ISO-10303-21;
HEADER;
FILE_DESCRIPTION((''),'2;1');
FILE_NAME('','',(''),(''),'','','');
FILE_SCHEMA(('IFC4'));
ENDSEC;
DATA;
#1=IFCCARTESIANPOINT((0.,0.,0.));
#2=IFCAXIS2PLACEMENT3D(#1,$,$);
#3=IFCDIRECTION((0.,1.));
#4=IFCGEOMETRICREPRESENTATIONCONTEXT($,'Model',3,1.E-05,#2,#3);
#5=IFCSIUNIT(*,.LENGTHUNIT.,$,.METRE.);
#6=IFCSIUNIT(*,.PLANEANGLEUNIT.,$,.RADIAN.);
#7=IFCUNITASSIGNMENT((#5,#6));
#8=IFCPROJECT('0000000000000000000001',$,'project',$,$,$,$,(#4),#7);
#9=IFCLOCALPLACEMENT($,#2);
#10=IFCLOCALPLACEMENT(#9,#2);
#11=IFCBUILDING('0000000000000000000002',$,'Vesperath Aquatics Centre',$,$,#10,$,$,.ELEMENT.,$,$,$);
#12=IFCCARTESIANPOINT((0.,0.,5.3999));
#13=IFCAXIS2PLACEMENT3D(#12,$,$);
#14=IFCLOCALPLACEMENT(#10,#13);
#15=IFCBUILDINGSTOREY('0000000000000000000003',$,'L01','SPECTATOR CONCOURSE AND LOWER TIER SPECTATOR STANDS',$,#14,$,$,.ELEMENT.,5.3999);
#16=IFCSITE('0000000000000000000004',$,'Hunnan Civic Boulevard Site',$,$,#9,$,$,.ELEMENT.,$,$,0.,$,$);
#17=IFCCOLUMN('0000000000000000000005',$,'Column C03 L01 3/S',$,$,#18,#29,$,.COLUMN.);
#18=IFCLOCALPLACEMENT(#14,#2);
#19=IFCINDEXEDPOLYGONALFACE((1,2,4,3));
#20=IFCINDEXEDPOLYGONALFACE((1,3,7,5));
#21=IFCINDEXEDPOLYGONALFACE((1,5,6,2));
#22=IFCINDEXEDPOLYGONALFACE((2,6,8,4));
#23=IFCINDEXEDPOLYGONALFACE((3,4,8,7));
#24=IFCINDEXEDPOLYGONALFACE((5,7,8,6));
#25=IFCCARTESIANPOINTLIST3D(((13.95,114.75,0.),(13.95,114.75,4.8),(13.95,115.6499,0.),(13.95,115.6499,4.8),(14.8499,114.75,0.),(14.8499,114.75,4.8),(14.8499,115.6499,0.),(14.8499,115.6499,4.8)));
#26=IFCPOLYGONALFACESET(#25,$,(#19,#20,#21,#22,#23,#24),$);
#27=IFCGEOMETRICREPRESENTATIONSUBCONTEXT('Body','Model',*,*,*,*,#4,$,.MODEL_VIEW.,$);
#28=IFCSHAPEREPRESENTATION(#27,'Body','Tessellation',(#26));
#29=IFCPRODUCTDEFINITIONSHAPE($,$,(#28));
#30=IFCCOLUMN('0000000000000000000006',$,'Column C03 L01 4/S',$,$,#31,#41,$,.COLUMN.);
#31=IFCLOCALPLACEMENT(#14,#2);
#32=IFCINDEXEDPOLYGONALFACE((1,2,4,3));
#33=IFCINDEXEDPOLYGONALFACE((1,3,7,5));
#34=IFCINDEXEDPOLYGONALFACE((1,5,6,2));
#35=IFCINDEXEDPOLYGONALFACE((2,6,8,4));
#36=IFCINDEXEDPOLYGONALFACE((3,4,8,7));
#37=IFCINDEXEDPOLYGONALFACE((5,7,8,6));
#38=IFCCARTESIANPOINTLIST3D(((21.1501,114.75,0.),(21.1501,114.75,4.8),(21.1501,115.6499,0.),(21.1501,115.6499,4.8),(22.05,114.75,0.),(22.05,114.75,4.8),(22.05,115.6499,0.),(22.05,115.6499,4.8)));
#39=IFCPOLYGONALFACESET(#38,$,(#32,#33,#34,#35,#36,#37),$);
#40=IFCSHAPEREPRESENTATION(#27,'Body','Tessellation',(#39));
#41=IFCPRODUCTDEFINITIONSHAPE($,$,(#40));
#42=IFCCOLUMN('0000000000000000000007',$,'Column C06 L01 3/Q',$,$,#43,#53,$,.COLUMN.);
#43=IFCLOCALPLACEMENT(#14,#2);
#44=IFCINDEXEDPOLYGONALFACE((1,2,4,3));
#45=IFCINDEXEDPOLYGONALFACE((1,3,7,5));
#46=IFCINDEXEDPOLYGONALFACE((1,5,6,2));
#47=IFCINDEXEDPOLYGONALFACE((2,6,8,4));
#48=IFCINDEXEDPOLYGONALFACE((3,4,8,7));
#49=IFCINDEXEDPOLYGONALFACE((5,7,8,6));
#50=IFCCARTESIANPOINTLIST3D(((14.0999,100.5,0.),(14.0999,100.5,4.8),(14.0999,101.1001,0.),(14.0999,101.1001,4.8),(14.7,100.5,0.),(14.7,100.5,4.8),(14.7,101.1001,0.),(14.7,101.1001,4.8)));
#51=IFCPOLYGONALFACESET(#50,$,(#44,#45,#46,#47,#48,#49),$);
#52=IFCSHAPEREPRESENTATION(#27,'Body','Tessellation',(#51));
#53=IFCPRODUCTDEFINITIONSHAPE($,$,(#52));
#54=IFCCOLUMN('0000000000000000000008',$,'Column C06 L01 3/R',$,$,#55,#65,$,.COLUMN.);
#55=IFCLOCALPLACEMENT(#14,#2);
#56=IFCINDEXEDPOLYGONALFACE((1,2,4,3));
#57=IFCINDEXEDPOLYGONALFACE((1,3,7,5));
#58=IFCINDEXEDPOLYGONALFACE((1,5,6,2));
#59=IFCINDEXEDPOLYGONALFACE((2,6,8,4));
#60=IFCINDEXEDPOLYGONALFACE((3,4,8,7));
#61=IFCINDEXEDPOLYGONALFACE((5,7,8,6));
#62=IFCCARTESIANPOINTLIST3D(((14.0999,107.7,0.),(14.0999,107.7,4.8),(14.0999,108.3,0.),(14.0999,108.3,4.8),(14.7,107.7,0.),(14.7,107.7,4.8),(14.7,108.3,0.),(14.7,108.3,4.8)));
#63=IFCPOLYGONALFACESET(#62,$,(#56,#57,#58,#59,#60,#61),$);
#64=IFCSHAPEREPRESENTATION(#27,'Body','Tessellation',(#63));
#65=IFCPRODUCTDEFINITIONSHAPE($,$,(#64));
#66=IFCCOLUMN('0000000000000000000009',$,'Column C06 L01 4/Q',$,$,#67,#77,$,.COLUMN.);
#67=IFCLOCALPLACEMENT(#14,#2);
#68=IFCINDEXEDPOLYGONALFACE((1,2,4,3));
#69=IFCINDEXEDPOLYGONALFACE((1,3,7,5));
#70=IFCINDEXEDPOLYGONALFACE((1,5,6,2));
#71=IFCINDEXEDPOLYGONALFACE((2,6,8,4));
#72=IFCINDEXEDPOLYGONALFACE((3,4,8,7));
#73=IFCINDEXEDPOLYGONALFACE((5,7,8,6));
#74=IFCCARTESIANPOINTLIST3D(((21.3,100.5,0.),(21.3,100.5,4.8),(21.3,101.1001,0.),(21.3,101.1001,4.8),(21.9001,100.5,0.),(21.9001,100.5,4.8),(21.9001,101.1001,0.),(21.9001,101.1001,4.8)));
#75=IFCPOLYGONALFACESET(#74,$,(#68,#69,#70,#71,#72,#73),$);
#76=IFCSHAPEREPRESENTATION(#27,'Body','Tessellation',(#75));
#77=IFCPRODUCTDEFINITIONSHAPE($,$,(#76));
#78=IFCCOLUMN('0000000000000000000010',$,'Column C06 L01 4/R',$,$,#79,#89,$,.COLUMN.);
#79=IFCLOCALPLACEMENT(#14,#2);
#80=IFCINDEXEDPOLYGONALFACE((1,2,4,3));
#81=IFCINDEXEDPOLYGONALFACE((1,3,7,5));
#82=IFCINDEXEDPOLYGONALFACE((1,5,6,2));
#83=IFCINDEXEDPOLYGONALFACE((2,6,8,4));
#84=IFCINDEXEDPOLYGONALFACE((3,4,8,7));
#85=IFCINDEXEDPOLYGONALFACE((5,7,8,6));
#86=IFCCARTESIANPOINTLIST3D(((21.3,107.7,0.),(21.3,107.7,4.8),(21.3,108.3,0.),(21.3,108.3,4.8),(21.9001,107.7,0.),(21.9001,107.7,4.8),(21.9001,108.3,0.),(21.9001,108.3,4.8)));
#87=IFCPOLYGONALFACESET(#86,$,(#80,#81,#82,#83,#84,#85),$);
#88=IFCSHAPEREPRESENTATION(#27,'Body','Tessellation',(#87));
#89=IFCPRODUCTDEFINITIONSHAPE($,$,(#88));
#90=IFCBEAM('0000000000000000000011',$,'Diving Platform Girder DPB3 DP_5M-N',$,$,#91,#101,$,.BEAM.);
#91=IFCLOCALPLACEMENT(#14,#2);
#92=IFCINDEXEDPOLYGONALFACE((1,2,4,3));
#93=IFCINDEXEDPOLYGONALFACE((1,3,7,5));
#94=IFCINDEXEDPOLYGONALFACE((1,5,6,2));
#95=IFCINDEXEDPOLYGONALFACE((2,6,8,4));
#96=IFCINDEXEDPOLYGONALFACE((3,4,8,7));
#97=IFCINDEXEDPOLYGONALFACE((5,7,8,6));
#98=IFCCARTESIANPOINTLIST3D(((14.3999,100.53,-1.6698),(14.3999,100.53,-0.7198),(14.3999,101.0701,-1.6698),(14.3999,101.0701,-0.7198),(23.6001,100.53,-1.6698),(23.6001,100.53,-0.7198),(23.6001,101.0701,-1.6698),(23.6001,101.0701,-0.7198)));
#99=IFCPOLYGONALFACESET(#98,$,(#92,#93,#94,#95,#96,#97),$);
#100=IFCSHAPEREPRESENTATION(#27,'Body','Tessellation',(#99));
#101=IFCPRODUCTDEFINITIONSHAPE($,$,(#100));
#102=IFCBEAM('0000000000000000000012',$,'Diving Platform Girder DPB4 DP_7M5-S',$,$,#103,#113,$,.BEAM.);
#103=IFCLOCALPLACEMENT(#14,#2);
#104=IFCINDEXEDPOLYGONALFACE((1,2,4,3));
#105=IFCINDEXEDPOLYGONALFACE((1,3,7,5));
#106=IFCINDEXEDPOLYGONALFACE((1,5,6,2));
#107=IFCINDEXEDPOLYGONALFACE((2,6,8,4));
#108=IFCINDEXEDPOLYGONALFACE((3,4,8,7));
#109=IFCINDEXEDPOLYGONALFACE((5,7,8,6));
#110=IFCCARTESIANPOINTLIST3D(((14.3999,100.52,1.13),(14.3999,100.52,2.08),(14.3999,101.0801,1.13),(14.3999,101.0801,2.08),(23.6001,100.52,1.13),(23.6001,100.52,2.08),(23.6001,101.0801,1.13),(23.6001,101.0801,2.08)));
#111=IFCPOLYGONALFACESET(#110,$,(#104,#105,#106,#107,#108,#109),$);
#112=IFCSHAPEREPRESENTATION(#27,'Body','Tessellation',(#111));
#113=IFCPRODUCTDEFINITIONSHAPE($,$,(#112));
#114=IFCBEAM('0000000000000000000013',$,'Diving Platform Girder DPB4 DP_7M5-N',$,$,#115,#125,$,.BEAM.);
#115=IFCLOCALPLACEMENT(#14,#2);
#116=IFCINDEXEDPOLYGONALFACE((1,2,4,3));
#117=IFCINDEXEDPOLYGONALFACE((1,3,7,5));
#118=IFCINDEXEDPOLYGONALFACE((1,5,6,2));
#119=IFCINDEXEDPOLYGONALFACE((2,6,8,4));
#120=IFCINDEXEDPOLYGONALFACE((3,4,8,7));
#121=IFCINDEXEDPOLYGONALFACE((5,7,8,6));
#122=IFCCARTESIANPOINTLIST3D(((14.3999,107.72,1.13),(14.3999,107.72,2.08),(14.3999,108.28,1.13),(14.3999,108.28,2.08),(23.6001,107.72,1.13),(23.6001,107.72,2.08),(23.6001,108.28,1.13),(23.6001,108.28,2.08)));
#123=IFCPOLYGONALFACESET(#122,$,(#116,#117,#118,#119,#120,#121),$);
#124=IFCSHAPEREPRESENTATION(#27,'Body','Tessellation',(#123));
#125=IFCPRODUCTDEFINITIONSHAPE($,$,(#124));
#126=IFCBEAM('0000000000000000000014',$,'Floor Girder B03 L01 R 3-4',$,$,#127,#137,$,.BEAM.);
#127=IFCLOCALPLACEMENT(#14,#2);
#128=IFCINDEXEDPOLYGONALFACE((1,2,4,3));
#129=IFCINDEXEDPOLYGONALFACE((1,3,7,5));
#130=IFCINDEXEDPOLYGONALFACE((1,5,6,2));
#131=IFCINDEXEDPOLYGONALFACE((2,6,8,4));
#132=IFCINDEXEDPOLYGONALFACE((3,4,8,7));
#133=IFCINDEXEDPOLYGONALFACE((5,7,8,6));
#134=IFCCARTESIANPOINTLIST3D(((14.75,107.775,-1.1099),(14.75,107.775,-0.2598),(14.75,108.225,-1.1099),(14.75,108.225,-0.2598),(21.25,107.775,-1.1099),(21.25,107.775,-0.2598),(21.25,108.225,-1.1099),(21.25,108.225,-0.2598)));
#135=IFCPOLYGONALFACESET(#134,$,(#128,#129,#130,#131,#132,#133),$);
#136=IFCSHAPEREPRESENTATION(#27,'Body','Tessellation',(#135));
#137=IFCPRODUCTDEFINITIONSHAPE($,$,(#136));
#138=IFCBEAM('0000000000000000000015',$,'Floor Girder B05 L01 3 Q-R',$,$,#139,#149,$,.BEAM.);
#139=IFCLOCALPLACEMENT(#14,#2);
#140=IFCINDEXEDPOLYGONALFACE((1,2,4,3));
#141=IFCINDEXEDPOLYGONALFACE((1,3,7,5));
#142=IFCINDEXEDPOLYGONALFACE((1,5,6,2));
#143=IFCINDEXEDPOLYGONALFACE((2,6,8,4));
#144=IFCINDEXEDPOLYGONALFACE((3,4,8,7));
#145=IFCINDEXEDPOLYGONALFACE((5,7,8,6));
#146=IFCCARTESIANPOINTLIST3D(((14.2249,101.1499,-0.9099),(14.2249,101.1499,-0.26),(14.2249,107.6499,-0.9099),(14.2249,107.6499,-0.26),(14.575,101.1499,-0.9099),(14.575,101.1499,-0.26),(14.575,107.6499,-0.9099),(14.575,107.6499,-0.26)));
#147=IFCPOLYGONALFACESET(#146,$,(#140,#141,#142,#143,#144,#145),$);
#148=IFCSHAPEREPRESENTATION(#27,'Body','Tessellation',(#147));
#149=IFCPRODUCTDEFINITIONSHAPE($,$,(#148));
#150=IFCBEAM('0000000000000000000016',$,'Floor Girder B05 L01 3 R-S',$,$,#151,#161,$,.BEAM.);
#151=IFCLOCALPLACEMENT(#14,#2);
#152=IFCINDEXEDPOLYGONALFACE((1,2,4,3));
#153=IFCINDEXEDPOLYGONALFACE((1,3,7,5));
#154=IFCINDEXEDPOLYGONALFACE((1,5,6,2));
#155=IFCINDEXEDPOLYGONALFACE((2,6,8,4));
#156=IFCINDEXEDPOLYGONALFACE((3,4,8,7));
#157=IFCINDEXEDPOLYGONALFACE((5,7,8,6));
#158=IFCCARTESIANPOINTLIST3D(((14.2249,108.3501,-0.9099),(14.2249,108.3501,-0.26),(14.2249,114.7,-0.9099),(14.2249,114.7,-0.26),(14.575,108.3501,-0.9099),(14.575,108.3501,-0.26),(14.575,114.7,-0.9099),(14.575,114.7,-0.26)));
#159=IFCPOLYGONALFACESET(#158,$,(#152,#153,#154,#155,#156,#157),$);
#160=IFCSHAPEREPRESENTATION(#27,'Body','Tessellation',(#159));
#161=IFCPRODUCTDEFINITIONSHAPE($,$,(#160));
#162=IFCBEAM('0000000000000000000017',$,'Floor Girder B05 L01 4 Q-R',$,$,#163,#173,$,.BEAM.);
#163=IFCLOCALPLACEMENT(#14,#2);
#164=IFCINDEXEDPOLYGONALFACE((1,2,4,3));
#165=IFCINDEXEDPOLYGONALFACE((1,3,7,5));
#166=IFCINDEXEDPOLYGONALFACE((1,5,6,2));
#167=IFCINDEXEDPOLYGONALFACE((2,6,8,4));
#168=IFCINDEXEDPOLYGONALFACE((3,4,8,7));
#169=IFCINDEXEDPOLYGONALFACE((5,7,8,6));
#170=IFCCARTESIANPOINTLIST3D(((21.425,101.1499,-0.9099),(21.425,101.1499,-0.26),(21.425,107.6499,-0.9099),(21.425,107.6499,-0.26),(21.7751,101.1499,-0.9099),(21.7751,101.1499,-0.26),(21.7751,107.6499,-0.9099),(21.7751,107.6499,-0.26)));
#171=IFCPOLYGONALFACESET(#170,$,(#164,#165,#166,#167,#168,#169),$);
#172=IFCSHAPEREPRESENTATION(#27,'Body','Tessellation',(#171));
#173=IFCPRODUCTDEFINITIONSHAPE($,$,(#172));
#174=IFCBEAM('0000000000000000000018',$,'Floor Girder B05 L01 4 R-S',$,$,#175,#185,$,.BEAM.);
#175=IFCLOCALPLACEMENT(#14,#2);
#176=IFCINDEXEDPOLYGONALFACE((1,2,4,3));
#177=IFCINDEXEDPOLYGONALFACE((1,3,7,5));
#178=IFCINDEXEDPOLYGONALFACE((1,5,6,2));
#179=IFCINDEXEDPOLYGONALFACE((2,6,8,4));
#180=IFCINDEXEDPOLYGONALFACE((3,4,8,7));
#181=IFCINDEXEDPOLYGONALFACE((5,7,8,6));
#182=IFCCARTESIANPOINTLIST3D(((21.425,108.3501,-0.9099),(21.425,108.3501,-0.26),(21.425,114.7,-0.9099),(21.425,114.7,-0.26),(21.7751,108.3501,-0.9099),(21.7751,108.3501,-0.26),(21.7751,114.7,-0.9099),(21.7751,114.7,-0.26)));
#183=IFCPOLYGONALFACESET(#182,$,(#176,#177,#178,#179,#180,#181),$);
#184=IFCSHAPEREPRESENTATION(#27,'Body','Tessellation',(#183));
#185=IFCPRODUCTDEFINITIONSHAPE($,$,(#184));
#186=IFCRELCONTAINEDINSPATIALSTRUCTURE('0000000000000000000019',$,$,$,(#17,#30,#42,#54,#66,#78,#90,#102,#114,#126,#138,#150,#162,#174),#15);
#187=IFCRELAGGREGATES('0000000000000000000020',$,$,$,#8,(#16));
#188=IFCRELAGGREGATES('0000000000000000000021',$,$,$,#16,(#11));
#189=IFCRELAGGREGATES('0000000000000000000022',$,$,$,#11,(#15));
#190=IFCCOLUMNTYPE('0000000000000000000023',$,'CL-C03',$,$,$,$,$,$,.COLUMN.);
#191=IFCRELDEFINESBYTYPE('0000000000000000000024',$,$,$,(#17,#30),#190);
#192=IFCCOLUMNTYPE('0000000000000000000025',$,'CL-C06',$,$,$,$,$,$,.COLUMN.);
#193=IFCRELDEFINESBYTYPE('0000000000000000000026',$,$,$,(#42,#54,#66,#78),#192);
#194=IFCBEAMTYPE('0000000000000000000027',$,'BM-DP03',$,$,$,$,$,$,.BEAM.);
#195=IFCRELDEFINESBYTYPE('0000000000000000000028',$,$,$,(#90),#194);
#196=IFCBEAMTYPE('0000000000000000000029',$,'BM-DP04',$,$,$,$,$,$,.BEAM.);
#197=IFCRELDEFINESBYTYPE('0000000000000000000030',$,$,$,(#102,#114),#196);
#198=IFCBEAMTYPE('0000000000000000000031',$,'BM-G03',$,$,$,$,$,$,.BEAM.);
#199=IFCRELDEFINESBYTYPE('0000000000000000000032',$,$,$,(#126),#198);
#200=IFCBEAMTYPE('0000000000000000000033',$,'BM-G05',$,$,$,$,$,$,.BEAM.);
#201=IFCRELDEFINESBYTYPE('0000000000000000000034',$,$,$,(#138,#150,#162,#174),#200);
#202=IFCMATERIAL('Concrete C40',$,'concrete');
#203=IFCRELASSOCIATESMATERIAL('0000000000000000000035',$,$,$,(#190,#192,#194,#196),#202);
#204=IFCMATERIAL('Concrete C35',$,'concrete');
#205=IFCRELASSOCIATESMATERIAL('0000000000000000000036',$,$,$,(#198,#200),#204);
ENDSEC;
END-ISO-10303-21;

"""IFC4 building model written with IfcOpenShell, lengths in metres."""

from ifc_helpers import new_model, si_unit, direction, frame, origin, origin_2d, place, context, subcontext, project, spatial, rectangle, extrude, material, material_profile, profile_set, type_object, element, save


model = new_model("IFC4")

# Units and contexts
model_context = context("Model", 3, precision=1e-05, world=origin(), true_north=direction((0.0, 1.0)))
body_context = subcontext(model_context, "Body", "Model", "MODEL_VIEW")
ifc_project = project(units=[si_unit("LENGTHUNIT", "METRE"), si_unit("PLANEANGLEUNIT", "RADIAN")], contexts=[model_context])

# Site, building, storey
site_placement = place(None, origin())
site = spatial("IfcSite", under=ifc_project, at=site_placement, Name="Hunnan Civic Boulevard Site", CompositionType="ELEMENT", RefElevation=0.0)
building_placement = place(site_placement, origin())
building = spatial("IfcBuilding", under=site, at=building_placement, Name="Vesperath Aquatics Centre", CompositionType="ELEMENT")
storey_placement = place(building_placement, frame((0.0, 0.0, 5.3999)))
storey = spatial("IfcBuildingStorey", under=building, at=storey_placement, Name="L01", Description="SPECTATOR CONCOURSE AND LOWER TIER SPECTATOR STANDS", CompositionType="ELEMENT", Elevation=5.3999)

# Columns
ifc_material_1 = material(Name="Concrete C40", Category="concrete")
ifc_material_profile_1 = material_profile(ifc_material_1, rectangle(XDim=0.8999, YDim=0.8999, at=origin_2d()), Name="RC 900x900")
ifc_profile_set_1 = profile_set([ifc_material_profile_1], Name="Concrete C40")
column_type_1 = type_object("IfcColumnType", Name="CL-C03", PredefinedType="COLUMN", material=ifc_profile_set_1)
for number, where, z_axis, x_axis, name in (
    (1, (14.3999, 115.2, 0.0), (0.0, 0.0, 1.0), (1.0, 0.0, 0.0), "Column C03 L01 3/S"),
    (2, (21.6001, 115.2, 0.0), (0.0, 0.0, 1.0), (1.0, 0.0, 0.0), "Column C03 L01 4/S"),
):
    element("IfcColumn", number, at=place(storey_placement, frame(where, z_axis=z_axis, x_axis=x_axis)), inside=storey, type_object=column_type_1, Name=name, PredefinedType="COLUMN", context=body_context, shape_type="SweptSolid", body=[
        extrude(rectangle(XDim=0.8999, YDim=0.8999, at=origin_2d()), origin(), (0.0, 0.0, 1.0), 4.8),
    ])
ifc_material_profile_2 = material_profile(ifc_material_1, rectangle(XDim=0.6001, YDim=0.6001, at=origin_2d()), Name="RC 600x600")
ifc_profile_set_2 = profile_set([ifc_material_profile_2], Name="Concrete C40")
column_type_2 = type_object("IfcColumnType", Name="CL-C06", PredefinedType="COLUMN", material=ifc_profile_set_2)
for number, where, z_axis, x_axis, name in (
    (3, (14.3999, 100.8, 0.0), (0.0, 0.0, 1.0), (1.0, 0.0, 0.0), "Column C06 L01 3/Q"),
    (4, (14.3999, 108.0, 0.0), (0.0, 0.0, 1.0), (1.0, 0.0, 0.0), "Column C06 L01 3/R"),
    (5, (21.6001, 100.8, 0.0), (0.0, 0.0, 1.0), (1.0, 0.0, 0.0), "Column C06 L01 4/Q"),
    (6, (21.6001, 108.0, 0.0), (0.0, 0.0, 1.0), (1.0, 0.0, 0.0), "Column C06 L01 4/R"),
):
    element("IfcColumn", number, at=place(storey_placement, frame(where, z_axis=z_axis, x_axis=x_axis)), inside=storey, type_object=column_type_2, Name=name, PredefinedType="COLUMN", context=body_context, shape_type="SweptSolid", body=[
        extrude(rectangle(XDim=0.6001, YDim=0.6001, at=origin_2d()), origin(), (0.0, 0.0, 1.0), 4.8),
    ])

# Beams
ifc_material_profile_3 = material_profile(ifc_material_1, rectangle(XDim=0.54, YDim=0.95, at=origin_2d()), Name="RC 540x950")
ifc_profile_set_3 = profile_set([ifc_material_profile_3], Name="Concrete C40")
beam_type_1 = type_object("IfcBeamType", Name="BM-DP03", PredefinedType="BEAM", material=ifc_profile_set_3)
beam_1_placement = place(storey_placement, frame((14.3999, 100.8, -1.1948), z_axis=(1.0, 0.0, 0.0), x_axis=(0.0, 1.0, 0.0)))
element("IfcBeam", 7, at=beam_1_placement, inside=storey, type_object=beam_type_1, Name="Diving Platform Girder DPB3 DP_5M-N", PredefinedType="BEAM", context=body_context, shape_type="SweptSolid", body=[
    extrude(rectangle(XDim=0.54, YDim=0.95, at=origin_2d()), origin(), (0.0, 0.0, 1.0), 9.2002),
])
ifc_material_profile_4 = material_profile(ifc_material_1, rectangle(XDim=0.5601, YDim=0.95, at=origin_2d()), Name="RC 560x950")
ifc_profile_set_4 = profile_set([ifc_material_profile_4], Name="Concrete C40")
beam_type_2 = type_object("IfcBeamType", Name="BM-DP04", PredefinedType="BEAM", material=ifc_profile_set_4)
for number, where, z_axis, x_axis, name in (
    (8, (14.3999, 100.8, 1.605), (1.0, 0.0, 0.0), (0.0, 1.0, 0.0), "Diving Platform Girder DPB4 DP_7M5-S"),
    (9, (14.3999, 108.0, 1.605), (1.0, 0.0, 0.0), (0.0, 1.0, 0.0), "Diving Platform Girder DPB4 DP_7M5-N"),
):
    element("IfcBeam", number, at=place(storey_placement, frame(where, z_axis=z_axis, x_axis=x_axis)), inside=storey, type_object=beam_type_2, Name=name, PredefinedType="BEAM", context=body_context, shape_type="SweptSolid", body=[
        extrude(rectangle(XDim=0.5601, YDim=0.95, at=origin_2d()), origin(), (0.0, 0.0, 1.0), 9.2002),
    ])
ifc_material_2 = material(Name="Concrete C35", Category="concrete")
ifc_material_profile_5 = material_profile(ifc_material_2, rectangle(XDim=0.45, YDim=0.8501, at=origin_2d()), Name="RC 450x850")
ifc_profile_set_5 = profile_set([ifc_material_profile_5], Name="Concrete C35")
beam_type_3 = type_object("IfcBeamType", Name="BM-G03", PredefinedType="BEAM", material=ifc_profile_set_5)
beam_2_placement = place(storey_placement, frame((14.75, 108.0, -0.6848), z_axis=(1.0, 0.0, 0.0), x_axis=(0.0, 1.0, 0.0)))
element("IfcBeam", 10, at=beam_2_placement, inside=storey, type_object=beam_type_3, Name="Floor Girder B03 L01 R 3-4", PredefinedType="BEAM", context=body_context, shape_type="SweptSolid", body=[
    extrude(rectangle(XDim=0.45, YDim=0.8501, at=origin_2d()), origin(), (0.0, 0.0, 1.0), 6.5),
])
ifc_material_profile_6 = material_profile(ifc_material_2, rectangle(XDim=0.3501, YDim=0.6499, at=origin_2d()), Name="RC 350x650")
ifc_profile_set_6 = profile_set([ifc_material_profile_6], Name="Concrete C35")
beam_type_4 = type_object("IfcBeamType", Name="BM-G05", PredefinedType="BEAM", material=ifc_profile_set_6)
beam_3_placement = place(storey_placement, frame((14.3999, 101.1499, -0.585), z_axis=(0.0, 1.0, 0.0), x_axis=(-1.0, 0.0, 0.0)))
element("IfcBeam", 11, at=beam_3_placement, inside=storey, type_object=beam_type_4, Name="Floor Girder B05 L01 3 Q-R", PredefinedType="BEAM", context=body_context, shape_type="SweptSolid", body=[
    extrude(rectangle(XDim=0.3501, YDim=0.6499, at=origin_2d()), origin(), (0.0, 0.0, 1.0), 6.5),
])
beam_4_placement = place(storey_placement, frame((14.3999, 108.3501, -0.585), z_axis=(0.0, 1.0, 0.0), x_axis=(-1.0, 0.0, 0.0)))
element("IfcBeam", 12, at=beam_4_placement, inside=storey, type_object=beam_type_4, Name="Floor Girder B05 L01 3 R-S", PredefinedType="BEAM", context=body_context, shape_type="SweptSolid", body=[
    extrude(rectangle(XDim=0.3501, YDim=0.6499, at=origin_2d()), origin(), (0.0, 0.0, 1.0), 6.3499),
])
beam_5_placement = place(storey_placement, frame((21.6001, 101.1499, -0.585), z_axis=(0.0, 1.0, 0.0), x_axis=(-1.0, 0.0, 0.0)))
element("IfcBeam", 13, at=beam_5_placement, inside=storey, type_object=beam_type_4, Name="Floor Girder B05 L01 4 Q-R", PredefinedType="BEAM", context=body_context, shape_type="SweptSolid", body=[
    extrude(rectangle(XDim=0.3501, YDim=0.6499, at=origin_2d()), origin(), (0.0, 0.0, 1.0), 6.5),
])
beam_6_placement = place(storey_placement, frame((21.6001, 108.3501, -0.585), z_axis=(0.0, 1.0, 0.0), x_axis=(-1.0, 0.0, 0.0)))
element("IfcBeam", 14, at=beam_6_placement, inside=storey, type_object=beam_type_4, Name="Floor Girder B05 L01 4 R-S", PredefinedType="BEAM", context=body_context, shape_type="SweptSolid", body=[
    extrude(rectangle(XDim=0.3501, YDim=0.6499, at=origin_2d()), origin(), (0.0, 0.0, 1.0), 6.3499),
])

save(model, "model.ifc")
